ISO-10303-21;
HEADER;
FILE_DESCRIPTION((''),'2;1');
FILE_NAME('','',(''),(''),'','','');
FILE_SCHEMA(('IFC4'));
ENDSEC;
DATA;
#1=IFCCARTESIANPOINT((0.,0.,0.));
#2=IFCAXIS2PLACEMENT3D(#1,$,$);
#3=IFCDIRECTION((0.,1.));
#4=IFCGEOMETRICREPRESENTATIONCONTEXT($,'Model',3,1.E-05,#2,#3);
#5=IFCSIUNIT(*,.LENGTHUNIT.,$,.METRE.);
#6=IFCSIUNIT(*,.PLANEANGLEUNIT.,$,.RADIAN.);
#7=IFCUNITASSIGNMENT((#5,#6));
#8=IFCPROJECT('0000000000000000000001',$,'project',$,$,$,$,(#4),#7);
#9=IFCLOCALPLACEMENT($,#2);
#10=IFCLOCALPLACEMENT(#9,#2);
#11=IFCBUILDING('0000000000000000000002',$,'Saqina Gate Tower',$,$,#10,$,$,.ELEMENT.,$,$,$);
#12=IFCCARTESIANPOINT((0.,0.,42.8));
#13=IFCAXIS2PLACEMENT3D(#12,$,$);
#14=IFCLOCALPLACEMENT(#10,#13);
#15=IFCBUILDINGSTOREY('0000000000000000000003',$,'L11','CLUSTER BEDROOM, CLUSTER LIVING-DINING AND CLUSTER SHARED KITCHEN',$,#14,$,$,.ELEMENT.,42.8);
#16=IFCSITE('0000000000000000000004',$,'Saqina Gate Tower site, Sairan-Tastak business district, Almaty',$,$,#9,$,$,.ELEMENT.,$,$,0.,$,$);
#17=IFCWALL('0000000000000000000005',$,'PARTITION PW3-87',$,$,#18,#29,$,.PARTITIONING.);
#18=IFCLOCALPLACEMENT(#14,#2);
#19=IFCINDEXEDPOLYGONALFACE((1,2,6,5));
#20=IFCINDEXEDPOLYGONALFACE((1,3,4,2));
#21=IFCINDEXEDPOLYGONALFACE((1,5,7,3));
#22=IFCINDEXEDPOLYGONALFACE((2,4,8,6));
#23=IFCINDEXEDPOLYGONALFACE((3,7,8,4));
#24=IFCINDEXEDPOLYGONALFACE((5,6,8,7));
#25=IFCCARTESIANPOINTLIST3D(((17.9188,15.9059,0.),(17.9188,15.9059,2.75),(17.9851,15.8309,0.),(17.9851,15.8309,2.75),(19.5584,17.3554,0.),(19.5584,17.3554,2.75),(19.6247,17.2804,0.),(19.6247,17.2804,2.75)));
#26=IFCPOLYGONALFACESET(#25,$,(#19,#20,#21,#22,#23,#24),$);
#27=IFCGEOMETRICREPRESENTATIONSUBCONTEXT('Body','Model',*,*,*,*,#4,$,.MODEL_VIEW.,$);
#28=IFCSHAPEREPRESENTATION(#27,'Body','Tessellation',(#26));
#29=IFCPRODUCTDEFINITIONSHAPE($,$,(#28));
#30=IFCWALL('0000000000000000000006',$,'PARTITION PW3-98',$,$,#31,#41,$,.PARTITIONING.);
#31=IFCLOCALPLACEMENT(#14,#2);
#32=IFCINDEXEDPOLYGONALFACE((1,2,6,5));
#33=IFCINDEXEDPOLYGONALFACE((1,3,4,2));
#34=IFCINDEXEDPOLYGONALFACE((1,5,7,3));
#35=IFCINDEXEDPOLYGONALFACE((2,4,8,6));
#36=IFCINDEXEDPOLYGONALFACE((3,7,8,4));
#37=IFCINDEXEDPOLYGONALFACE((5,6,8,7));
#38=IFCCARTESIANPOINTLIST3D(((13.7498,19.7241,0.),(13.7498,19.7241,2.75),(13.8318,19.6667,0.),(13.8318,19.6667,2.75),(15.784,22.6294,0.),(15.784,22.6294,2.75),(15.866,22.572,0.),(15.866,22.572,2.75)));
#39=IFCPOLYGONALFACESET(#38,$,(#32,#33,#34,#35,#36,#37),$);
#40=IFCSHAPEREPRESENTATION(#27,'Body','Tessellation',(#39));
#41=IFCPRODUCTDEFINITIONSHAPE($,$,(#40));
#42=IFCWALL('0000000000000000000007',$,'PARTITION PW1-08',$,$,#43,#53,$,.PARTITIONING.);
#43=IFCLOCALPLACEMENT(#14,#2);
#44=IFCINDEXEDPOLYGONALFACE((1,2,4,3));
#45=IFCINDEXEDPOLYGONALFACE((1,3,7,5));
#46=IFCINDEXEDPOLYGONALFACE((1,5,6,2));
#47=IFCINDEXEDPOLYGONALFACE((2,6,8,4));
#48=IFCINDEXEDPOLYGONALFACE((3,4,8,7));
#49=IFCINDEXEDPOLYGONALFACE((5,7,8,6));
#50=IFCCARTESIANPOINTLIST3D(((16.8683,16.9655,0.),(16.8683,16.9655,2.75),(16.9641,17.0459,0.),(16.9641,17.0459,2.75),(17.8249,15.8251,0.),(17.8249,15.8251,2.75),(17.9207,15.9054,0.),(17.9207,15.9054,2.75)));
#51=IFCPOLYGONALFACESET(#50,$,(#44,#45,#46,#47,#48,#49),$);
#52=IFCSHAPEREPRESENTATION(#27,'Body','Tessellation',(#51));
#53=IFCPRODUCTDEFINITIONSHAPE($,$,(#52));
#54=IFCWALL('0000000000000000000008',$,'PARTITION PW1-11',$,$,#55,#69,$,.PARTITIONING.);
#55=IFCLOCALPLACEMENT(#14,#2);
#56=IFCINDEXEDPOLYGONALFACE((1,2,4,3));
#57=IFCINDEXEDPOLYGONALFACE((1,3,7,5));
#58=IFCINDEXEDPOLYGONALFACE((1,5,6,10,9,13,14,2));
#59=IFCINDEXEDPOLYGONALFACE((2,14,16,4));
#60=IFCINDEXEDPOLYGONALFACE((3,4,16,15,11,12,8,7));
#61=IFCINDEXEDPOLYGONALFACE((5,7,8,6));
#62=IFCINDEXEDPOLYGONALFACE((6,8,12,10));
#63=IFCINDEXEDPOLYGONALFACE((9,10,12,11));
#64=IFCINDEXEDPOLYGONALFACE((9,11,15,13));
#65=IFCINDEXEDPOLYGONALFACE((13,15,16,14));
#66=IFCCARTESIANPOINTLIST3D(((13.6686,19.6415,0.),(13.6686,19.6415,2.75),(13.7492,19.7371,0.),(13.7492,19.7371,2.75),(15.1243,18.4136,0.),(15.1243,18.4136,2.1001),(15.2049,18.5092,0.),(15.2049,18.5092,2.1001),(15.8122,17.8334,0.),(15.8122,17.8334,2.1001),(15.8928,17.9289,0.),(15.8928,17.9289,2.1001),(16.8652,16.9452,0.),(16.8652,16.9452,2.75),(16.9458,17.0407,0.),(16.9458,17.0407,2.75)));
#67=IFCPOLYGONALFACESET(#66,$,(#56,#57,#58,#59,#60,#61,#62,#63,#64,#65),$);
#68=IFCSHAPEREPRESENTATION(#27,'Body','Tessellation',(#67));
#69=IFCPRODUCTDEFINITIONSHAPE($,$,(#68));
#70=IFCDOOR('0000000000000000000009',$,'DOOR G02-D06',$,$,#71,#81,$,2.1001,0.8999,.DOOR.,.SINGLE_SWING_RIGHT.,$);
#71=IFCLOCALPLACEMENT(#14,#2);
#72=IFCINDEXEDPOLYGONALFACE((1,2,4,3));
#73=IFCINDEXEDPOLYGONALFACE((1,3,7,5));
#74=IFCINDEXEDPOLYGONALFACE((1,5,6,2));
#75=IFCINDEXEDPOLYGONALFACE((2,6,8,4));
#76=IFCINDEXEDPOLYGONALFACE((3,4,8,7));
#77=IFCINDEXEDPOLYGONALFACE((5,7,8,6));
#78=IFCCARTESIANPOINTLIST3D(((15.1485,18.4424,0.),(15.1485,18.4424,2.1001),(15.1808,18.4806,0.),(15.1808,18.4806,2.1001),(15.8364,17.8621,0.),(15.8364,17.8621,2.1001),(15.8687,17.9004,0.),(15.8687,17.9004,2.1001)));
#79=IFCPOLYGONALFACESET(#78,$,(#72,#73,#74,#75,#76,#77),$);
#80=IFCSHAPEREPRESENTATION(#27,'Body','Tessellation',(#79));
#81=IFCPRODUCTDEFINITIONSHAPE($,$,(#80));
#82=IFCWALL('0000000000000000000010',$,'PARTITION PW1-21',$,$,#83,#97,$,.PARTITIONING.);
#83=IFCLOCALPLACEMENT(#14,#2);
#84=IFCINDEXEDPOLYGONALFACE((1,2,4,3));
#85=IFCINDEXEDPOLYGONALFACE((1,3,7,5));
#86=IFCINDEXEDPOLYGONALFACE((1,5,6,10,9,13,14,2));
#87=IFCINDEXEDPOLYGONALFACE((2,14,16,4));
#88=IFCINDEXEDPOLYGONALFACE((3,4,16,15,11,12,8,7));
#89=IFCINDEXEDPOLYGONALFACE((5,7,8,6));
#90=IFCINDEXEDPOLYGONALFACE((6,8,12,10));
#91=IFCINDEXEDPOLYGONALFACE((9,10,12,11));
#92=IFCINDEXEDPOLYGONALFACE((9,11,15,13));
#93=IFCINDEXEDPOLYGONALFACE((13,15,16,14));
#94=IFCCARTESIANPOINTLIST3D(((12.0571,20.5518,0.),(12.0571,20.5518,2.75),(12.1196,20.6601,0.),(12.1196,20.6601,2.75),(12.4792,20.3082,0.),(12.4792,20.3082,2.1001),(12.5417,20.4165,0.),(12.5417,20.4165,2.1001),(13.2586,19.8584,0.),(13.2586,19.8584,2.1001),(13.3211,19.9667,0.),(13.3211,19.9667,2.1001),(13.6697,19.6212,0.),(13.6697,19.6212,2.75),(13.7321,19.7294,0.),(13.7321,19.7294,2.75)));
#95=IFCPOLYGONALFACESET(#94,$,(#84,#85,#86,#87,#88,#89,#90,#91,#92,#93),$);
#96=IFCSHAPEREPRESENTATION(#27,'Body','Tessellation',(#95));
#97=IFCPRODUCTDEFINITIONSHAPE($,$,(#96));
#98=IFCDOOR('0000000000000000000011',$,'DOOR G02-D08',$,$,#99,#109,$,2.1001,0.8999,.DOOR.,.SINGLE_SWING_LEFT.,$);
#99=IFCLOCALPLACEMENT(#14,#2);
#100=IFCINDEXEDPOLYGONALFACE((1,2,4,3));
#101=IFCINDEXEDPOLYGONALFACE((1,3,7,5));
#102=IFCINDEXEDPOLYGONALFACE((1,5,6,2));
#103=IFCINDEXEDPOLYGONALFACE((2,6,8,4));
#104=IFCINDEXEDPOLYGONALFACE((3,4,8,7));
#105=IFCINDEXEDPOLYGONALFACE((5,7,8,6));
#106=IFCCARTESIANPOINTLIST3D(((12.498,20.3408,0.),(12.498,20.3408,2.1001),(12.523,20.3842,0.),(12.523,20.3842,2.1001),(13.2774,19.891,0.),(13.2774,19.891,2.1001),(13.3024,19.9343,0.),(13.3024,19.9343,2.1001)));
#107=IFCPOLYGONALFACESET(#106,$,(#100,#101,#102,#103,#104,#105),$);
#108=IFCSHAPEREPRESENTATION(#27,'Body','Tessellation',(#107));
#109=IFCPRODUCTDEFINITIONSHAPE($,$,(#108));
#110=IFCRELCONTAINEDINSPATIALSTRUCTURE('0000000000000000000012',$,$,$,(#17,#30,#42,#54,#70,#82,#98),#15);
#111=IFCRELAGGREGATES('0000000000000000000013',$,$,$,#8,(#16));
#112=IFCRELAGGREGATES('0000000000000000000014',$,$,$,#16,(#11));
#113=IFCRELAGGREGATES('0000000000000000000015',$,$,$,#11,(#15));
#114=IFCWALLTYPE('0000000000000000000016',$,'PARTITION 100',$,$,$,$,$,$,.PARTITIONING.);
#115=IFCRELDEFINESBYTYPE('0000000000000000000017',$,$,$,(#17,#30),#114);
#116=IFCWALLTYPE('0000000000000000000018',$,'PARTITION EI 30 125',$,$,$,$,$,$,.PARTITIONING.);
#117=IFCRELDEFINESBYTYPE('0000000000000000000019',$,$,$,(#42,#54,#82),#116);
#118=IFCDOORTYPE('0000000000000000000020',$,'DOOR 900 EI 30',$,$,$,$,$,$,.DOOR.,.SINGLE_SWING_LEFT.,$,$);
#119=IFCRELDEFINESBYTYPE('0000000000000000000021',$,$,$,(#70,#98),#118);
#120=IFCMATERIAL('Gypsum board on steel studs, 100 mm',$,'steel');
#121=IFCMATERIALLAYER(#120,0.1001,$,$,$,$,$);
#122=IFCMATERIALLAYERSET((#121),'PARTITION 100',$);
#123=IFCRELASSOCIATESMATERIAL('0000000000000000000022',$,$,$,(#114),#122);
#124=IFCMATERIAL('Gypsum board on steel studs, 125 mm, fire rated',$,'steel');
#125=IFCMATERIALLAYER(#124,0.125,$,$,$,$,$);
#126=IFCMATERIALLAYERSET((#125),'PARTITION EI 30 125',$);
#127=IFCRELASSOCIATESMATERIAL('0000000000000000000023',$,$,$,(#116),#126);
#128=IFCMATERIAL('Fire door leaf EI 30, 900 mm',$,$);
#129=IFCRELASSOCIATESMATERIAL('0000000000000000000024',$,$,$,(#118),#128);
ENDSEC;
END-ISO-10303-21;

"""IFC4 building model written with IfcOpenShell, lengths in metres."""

from ifc_helpers import new_model, si_unit, direction, frame, frame_2d, origin, place, context, subcontext, project, spatial, rectangle, extrude, material, layer, layer_set, type_object, element, fill, save


model = new_model("IFC4")

# Units and contexts
model_context = context("Model", 3, precision=1e-05, world=origin(), true_north=direction((0.0, 1.0)))
body_context = subcontext(model_context, "Body", "Model", "MODEL_VIEW")
ifc_project = project(units=[si_unit("LENGTHUNIT", "METRE"), si_unit("PLANEANGLEUNIT", "RADIAN")], contexts=[model_context])

# Site, building, storey
site_placement = place(None, origin())
site = spatial("IfcSite", under=ifc_project, at=site_placement, Name="Saqina Gate Tower site, Sairan-Tastak business district, Almaty", CompositionType="ELEMENT", RefElevation=0.0)
building_placement = place(site_placement, origin())
building = spatial("IfcBuilding", under=site, at=building_placement, Name="Saqina Gate Tower", CompositionType="ELEMENT")
storey_placement = place(building_placement, frame((0.0, 0.0, 42.8)))
storey = spatial("IfcBuildingStorey", under=building, at=storey_placement, Name="L11", Description="CLUSTER BEDROOM, CLUSTER LIVING-DINING AND CLUSTER SHARED KITCHEN", CompositionType="ELEMENT", Elevation=42.8)

# Shared definitions
ifc_material_1 = material(Name="Gypsum board on steel studs, 100 mm", Category="steel")
ifc_layer_1 = layer(ifc_material_1, 0.1001)
ifc_layer_set_1 = layer_set([ifc_layer_1], Name="PARTITION 100")
wall_type_1 = type_object("IfcWallType", Name="PARTITION 100", PredefinedType="PARTITIONING", material=ifc_layer_set_1)

# Walls
wall_1_placement = place(storey_placement, frame((17.9519, 15.8684, 0.0), z_axis=(0.0, 0.0, 1.0), x_axis=(0.749222, 0.662319, 0.0)))
element("IfcWall", 1, at=wall_1_placement, inside=storey, type_object=wall_type_1, Name="PARTITION PW3-87", PredefinedType="PARTITIONING", context=body_context, shape_type="SweptSolid", body=[
    extrude(rectangle(XDim=2.1885, YDim=0.1001, at=frame_2d((1.0942, 0.0))), origin(), (0.0, 0.0, 1.0), 2.75),
])
wall_2_placement = place(storey_placement, frame((13.7908, 19.6953, 0.0), z_axis=(0.0, 0.0, 1.0), x_axis=(0.573555, 0.819167, 0.0)))
element("IfcWall", 2, at=wall_2_placement, inside=storey, type_object=wall_type_1, Name="PARTITION PW3-98", PredefinedType="PARTITIONING", context=body_context, shape_type="SweptSolid", body=[
    extrude(rectangle(XDim=3.5466, YDim=0.1001, at=frame_2d((1.7734, 0.0))), origin(), (0.0, 0.0, 1.0), 2.75),
])
ifc_material_2 = material(Name="Gypsum board on steel studs, 125 mm, fire rated", Category="steel")
ifc_layer_2 = layer(ifc_material_2, 0.125)
ifc_layer_set_2 = layer_set([ifc_layer_2], Name="PARTITION EI 30 125")
wall_type_2 = type_object("IfcWallType", Name="PARTITION EI 30 125", PredefinedType="PARTITIONING", material=ifc_layer_set_2)
wall_3_placement = place(storey_placement, frame((16.9163, 17.0056, 0.0), z_axis=(0.0, 0.0, 1.0), x_axis=(0.64265, -0.76616, 0.0)))
element("IfcWall", 3, at=wall_3_placement, inside=storey, type_object=wall_type_2, Name="PARTITION PW1-08", PredefinedType="PARTITIONING", context=body_context, shape_type="SweptSolid", body=[
    extrude(rectangle(XDim=1.4885, YDim=0.125, at=frame_2d((0.7441, 0.0))), origin(), (0.0, 0.0, 1.0), 2.75),
])

# Walls, openings, doors
wall_4_placement = place(storey_placement, frame((13.709, 19.6892, 0.0), z_axis=(0.0, 0.0, 1.0), x_axis=(0.764384, -0.644761, 0.0)))
wall_4 = element("IfcWall", 4, at=wall_4_placement, inside=storey, type_object=wall_type_2, Name="PARTITION PW1-11", PredefinedType="PARTITIONING", context=body_context, shape_type="SweptSolid", body=[
    extrude(rectangle(XDim=4.1819, YDim=0.125, at=frame_2d((2.0908, 0.0))), origin(), (0.0, 0.0, 1.0), 2.75),
])
opening_1_placement = place(wall_4_placement, frame((1.9043, 0.0, 0.0)))
opening_1 = element("IfcOpeningElement", 5, at=opening_1_placement, cuts=wall_4, PredefinedType="OPENING", context=body_context, shape_type="SweptSolid", body=[
    extrude(rectangle(XDim=0.8999, YDim=2.1001, at=frame_2d((0.45, 1.05))), frame((0.0, 0.0745, 0.0), z_axis=(0.0, -1.0, 0.0), x_axis=(1.0, 0.0, 0.0)), (0.0, 0.0, 1.0), 0.1489),
])
ifc_material_3 = material(Name="Fire door leaf EI 30, 900 mm")
door_type_1 = type_object("IfcDoorType", Name="DOOR 900 EI 30", OperationType="SINGLE_SWING_LEFT", PredefinedType="DOOR", material=ifc_material_3)
door_1_placement = place(opening_1_placement, frame((0.8999, 0.0, 0.0), z_axis=(0.0, 0.0, 1.0), x_axis=(-1.0, 0.0, 0.0)))
door_1 = element("IfcDoor", 6, at=door_1_placement, inside=storey, type_object=door_type_1, Name="DOOR G02-D06", OperationType="SINGLE_SWING_RIGHT", OverallHeight=2.1001, OverallWidth=0.8999, PredefinedType="DOOR", context=body_context, shape_type="SweptSolid", body=[
    extrude(rectangle(XDim=0.8999, YDim=2.1001, at=frame_2d((0.45, 1.05))), frame((0.0, 0.0249, 0.0), z_axis=(0.0, -1.0, 0.0), x_axis=(1.0, 0.0, 0.0)), (0.0, 0.0, 1.0), 0.05),
])
fill(opening_1, door_1)
wall_5_placement = place(storey_placement, frame((12.0884, 20.606, 0.0), z_axis=(0.0, 0.0, 1.0), x_axis=(0.866105, -0.499862, 0.0)))
wall_5 = element("IfcWall", 7, at=wall_5_placement, inside=storey, type_object=wall_type_2, Name="PARTITION PW1-21", PredefinedType="PARTITIONING", context=body_context, shape_type="SweptSolid", body=[
    extrude(rectangle(XDim=1.8618, YDim=0.125, at=frame_2d((0.9309, 0.0))), origin(), (0.0, 0.0, 1.0), 2.75),
])
opening_2_placement = place(wall_5_placement, frame((0.4873, 0.0, 0.0)))
opening_2 = element("IfcOpeningElement", 8, at=opening_2_placement, cuts=wall_5, PredefinedType="OPENING", context=body_context, shape_type="SweptSolid", body=[
    extrude(rectangle(XDim=0.8999, YDim=2.1001, at=frame_2d((0.45, 1.05))), frame((0.0, 0.0745, 0.0), z_axis=(0.0, -1.0, 0.0), x_axis=(1.0, 0.0, 0.0)), (0.0, 0.0, 1.0), 0.1489),
])
door_2_placement = place(opening_2_placement, frame((0.8999, 0.0, 0.0), z_axis=(0.0, 0.0, 1.0), x_axis=(-1.0, 0.0, 0.0)))
door_2 = element("IfcDoor", 9, at=door_2_placement, inside=storey, type_object=door_type_1, Name="DOOR G02-D08", OperationType="SINGLE_SWING_LEFT", OverallHeight=2.1001, OverallWidth=0.8999, PredefinedType="DOOR", context=body_context, shape_type="SweptSolid", body=[
    extrude(rectangle(XDim=0.8999, YDim=2.1001, at=frame_2d((0.45, 1.05))), frame((0.0, 0.0249, 0.0), z_axis=(0.0, -1.0, 0.0), x_axis=(1.0, 0.0, 0.0)), (0.0, 0.0, 1.0), 0.05),
])
fill(opening_2, door_2)

save(model, "model.ifc")
